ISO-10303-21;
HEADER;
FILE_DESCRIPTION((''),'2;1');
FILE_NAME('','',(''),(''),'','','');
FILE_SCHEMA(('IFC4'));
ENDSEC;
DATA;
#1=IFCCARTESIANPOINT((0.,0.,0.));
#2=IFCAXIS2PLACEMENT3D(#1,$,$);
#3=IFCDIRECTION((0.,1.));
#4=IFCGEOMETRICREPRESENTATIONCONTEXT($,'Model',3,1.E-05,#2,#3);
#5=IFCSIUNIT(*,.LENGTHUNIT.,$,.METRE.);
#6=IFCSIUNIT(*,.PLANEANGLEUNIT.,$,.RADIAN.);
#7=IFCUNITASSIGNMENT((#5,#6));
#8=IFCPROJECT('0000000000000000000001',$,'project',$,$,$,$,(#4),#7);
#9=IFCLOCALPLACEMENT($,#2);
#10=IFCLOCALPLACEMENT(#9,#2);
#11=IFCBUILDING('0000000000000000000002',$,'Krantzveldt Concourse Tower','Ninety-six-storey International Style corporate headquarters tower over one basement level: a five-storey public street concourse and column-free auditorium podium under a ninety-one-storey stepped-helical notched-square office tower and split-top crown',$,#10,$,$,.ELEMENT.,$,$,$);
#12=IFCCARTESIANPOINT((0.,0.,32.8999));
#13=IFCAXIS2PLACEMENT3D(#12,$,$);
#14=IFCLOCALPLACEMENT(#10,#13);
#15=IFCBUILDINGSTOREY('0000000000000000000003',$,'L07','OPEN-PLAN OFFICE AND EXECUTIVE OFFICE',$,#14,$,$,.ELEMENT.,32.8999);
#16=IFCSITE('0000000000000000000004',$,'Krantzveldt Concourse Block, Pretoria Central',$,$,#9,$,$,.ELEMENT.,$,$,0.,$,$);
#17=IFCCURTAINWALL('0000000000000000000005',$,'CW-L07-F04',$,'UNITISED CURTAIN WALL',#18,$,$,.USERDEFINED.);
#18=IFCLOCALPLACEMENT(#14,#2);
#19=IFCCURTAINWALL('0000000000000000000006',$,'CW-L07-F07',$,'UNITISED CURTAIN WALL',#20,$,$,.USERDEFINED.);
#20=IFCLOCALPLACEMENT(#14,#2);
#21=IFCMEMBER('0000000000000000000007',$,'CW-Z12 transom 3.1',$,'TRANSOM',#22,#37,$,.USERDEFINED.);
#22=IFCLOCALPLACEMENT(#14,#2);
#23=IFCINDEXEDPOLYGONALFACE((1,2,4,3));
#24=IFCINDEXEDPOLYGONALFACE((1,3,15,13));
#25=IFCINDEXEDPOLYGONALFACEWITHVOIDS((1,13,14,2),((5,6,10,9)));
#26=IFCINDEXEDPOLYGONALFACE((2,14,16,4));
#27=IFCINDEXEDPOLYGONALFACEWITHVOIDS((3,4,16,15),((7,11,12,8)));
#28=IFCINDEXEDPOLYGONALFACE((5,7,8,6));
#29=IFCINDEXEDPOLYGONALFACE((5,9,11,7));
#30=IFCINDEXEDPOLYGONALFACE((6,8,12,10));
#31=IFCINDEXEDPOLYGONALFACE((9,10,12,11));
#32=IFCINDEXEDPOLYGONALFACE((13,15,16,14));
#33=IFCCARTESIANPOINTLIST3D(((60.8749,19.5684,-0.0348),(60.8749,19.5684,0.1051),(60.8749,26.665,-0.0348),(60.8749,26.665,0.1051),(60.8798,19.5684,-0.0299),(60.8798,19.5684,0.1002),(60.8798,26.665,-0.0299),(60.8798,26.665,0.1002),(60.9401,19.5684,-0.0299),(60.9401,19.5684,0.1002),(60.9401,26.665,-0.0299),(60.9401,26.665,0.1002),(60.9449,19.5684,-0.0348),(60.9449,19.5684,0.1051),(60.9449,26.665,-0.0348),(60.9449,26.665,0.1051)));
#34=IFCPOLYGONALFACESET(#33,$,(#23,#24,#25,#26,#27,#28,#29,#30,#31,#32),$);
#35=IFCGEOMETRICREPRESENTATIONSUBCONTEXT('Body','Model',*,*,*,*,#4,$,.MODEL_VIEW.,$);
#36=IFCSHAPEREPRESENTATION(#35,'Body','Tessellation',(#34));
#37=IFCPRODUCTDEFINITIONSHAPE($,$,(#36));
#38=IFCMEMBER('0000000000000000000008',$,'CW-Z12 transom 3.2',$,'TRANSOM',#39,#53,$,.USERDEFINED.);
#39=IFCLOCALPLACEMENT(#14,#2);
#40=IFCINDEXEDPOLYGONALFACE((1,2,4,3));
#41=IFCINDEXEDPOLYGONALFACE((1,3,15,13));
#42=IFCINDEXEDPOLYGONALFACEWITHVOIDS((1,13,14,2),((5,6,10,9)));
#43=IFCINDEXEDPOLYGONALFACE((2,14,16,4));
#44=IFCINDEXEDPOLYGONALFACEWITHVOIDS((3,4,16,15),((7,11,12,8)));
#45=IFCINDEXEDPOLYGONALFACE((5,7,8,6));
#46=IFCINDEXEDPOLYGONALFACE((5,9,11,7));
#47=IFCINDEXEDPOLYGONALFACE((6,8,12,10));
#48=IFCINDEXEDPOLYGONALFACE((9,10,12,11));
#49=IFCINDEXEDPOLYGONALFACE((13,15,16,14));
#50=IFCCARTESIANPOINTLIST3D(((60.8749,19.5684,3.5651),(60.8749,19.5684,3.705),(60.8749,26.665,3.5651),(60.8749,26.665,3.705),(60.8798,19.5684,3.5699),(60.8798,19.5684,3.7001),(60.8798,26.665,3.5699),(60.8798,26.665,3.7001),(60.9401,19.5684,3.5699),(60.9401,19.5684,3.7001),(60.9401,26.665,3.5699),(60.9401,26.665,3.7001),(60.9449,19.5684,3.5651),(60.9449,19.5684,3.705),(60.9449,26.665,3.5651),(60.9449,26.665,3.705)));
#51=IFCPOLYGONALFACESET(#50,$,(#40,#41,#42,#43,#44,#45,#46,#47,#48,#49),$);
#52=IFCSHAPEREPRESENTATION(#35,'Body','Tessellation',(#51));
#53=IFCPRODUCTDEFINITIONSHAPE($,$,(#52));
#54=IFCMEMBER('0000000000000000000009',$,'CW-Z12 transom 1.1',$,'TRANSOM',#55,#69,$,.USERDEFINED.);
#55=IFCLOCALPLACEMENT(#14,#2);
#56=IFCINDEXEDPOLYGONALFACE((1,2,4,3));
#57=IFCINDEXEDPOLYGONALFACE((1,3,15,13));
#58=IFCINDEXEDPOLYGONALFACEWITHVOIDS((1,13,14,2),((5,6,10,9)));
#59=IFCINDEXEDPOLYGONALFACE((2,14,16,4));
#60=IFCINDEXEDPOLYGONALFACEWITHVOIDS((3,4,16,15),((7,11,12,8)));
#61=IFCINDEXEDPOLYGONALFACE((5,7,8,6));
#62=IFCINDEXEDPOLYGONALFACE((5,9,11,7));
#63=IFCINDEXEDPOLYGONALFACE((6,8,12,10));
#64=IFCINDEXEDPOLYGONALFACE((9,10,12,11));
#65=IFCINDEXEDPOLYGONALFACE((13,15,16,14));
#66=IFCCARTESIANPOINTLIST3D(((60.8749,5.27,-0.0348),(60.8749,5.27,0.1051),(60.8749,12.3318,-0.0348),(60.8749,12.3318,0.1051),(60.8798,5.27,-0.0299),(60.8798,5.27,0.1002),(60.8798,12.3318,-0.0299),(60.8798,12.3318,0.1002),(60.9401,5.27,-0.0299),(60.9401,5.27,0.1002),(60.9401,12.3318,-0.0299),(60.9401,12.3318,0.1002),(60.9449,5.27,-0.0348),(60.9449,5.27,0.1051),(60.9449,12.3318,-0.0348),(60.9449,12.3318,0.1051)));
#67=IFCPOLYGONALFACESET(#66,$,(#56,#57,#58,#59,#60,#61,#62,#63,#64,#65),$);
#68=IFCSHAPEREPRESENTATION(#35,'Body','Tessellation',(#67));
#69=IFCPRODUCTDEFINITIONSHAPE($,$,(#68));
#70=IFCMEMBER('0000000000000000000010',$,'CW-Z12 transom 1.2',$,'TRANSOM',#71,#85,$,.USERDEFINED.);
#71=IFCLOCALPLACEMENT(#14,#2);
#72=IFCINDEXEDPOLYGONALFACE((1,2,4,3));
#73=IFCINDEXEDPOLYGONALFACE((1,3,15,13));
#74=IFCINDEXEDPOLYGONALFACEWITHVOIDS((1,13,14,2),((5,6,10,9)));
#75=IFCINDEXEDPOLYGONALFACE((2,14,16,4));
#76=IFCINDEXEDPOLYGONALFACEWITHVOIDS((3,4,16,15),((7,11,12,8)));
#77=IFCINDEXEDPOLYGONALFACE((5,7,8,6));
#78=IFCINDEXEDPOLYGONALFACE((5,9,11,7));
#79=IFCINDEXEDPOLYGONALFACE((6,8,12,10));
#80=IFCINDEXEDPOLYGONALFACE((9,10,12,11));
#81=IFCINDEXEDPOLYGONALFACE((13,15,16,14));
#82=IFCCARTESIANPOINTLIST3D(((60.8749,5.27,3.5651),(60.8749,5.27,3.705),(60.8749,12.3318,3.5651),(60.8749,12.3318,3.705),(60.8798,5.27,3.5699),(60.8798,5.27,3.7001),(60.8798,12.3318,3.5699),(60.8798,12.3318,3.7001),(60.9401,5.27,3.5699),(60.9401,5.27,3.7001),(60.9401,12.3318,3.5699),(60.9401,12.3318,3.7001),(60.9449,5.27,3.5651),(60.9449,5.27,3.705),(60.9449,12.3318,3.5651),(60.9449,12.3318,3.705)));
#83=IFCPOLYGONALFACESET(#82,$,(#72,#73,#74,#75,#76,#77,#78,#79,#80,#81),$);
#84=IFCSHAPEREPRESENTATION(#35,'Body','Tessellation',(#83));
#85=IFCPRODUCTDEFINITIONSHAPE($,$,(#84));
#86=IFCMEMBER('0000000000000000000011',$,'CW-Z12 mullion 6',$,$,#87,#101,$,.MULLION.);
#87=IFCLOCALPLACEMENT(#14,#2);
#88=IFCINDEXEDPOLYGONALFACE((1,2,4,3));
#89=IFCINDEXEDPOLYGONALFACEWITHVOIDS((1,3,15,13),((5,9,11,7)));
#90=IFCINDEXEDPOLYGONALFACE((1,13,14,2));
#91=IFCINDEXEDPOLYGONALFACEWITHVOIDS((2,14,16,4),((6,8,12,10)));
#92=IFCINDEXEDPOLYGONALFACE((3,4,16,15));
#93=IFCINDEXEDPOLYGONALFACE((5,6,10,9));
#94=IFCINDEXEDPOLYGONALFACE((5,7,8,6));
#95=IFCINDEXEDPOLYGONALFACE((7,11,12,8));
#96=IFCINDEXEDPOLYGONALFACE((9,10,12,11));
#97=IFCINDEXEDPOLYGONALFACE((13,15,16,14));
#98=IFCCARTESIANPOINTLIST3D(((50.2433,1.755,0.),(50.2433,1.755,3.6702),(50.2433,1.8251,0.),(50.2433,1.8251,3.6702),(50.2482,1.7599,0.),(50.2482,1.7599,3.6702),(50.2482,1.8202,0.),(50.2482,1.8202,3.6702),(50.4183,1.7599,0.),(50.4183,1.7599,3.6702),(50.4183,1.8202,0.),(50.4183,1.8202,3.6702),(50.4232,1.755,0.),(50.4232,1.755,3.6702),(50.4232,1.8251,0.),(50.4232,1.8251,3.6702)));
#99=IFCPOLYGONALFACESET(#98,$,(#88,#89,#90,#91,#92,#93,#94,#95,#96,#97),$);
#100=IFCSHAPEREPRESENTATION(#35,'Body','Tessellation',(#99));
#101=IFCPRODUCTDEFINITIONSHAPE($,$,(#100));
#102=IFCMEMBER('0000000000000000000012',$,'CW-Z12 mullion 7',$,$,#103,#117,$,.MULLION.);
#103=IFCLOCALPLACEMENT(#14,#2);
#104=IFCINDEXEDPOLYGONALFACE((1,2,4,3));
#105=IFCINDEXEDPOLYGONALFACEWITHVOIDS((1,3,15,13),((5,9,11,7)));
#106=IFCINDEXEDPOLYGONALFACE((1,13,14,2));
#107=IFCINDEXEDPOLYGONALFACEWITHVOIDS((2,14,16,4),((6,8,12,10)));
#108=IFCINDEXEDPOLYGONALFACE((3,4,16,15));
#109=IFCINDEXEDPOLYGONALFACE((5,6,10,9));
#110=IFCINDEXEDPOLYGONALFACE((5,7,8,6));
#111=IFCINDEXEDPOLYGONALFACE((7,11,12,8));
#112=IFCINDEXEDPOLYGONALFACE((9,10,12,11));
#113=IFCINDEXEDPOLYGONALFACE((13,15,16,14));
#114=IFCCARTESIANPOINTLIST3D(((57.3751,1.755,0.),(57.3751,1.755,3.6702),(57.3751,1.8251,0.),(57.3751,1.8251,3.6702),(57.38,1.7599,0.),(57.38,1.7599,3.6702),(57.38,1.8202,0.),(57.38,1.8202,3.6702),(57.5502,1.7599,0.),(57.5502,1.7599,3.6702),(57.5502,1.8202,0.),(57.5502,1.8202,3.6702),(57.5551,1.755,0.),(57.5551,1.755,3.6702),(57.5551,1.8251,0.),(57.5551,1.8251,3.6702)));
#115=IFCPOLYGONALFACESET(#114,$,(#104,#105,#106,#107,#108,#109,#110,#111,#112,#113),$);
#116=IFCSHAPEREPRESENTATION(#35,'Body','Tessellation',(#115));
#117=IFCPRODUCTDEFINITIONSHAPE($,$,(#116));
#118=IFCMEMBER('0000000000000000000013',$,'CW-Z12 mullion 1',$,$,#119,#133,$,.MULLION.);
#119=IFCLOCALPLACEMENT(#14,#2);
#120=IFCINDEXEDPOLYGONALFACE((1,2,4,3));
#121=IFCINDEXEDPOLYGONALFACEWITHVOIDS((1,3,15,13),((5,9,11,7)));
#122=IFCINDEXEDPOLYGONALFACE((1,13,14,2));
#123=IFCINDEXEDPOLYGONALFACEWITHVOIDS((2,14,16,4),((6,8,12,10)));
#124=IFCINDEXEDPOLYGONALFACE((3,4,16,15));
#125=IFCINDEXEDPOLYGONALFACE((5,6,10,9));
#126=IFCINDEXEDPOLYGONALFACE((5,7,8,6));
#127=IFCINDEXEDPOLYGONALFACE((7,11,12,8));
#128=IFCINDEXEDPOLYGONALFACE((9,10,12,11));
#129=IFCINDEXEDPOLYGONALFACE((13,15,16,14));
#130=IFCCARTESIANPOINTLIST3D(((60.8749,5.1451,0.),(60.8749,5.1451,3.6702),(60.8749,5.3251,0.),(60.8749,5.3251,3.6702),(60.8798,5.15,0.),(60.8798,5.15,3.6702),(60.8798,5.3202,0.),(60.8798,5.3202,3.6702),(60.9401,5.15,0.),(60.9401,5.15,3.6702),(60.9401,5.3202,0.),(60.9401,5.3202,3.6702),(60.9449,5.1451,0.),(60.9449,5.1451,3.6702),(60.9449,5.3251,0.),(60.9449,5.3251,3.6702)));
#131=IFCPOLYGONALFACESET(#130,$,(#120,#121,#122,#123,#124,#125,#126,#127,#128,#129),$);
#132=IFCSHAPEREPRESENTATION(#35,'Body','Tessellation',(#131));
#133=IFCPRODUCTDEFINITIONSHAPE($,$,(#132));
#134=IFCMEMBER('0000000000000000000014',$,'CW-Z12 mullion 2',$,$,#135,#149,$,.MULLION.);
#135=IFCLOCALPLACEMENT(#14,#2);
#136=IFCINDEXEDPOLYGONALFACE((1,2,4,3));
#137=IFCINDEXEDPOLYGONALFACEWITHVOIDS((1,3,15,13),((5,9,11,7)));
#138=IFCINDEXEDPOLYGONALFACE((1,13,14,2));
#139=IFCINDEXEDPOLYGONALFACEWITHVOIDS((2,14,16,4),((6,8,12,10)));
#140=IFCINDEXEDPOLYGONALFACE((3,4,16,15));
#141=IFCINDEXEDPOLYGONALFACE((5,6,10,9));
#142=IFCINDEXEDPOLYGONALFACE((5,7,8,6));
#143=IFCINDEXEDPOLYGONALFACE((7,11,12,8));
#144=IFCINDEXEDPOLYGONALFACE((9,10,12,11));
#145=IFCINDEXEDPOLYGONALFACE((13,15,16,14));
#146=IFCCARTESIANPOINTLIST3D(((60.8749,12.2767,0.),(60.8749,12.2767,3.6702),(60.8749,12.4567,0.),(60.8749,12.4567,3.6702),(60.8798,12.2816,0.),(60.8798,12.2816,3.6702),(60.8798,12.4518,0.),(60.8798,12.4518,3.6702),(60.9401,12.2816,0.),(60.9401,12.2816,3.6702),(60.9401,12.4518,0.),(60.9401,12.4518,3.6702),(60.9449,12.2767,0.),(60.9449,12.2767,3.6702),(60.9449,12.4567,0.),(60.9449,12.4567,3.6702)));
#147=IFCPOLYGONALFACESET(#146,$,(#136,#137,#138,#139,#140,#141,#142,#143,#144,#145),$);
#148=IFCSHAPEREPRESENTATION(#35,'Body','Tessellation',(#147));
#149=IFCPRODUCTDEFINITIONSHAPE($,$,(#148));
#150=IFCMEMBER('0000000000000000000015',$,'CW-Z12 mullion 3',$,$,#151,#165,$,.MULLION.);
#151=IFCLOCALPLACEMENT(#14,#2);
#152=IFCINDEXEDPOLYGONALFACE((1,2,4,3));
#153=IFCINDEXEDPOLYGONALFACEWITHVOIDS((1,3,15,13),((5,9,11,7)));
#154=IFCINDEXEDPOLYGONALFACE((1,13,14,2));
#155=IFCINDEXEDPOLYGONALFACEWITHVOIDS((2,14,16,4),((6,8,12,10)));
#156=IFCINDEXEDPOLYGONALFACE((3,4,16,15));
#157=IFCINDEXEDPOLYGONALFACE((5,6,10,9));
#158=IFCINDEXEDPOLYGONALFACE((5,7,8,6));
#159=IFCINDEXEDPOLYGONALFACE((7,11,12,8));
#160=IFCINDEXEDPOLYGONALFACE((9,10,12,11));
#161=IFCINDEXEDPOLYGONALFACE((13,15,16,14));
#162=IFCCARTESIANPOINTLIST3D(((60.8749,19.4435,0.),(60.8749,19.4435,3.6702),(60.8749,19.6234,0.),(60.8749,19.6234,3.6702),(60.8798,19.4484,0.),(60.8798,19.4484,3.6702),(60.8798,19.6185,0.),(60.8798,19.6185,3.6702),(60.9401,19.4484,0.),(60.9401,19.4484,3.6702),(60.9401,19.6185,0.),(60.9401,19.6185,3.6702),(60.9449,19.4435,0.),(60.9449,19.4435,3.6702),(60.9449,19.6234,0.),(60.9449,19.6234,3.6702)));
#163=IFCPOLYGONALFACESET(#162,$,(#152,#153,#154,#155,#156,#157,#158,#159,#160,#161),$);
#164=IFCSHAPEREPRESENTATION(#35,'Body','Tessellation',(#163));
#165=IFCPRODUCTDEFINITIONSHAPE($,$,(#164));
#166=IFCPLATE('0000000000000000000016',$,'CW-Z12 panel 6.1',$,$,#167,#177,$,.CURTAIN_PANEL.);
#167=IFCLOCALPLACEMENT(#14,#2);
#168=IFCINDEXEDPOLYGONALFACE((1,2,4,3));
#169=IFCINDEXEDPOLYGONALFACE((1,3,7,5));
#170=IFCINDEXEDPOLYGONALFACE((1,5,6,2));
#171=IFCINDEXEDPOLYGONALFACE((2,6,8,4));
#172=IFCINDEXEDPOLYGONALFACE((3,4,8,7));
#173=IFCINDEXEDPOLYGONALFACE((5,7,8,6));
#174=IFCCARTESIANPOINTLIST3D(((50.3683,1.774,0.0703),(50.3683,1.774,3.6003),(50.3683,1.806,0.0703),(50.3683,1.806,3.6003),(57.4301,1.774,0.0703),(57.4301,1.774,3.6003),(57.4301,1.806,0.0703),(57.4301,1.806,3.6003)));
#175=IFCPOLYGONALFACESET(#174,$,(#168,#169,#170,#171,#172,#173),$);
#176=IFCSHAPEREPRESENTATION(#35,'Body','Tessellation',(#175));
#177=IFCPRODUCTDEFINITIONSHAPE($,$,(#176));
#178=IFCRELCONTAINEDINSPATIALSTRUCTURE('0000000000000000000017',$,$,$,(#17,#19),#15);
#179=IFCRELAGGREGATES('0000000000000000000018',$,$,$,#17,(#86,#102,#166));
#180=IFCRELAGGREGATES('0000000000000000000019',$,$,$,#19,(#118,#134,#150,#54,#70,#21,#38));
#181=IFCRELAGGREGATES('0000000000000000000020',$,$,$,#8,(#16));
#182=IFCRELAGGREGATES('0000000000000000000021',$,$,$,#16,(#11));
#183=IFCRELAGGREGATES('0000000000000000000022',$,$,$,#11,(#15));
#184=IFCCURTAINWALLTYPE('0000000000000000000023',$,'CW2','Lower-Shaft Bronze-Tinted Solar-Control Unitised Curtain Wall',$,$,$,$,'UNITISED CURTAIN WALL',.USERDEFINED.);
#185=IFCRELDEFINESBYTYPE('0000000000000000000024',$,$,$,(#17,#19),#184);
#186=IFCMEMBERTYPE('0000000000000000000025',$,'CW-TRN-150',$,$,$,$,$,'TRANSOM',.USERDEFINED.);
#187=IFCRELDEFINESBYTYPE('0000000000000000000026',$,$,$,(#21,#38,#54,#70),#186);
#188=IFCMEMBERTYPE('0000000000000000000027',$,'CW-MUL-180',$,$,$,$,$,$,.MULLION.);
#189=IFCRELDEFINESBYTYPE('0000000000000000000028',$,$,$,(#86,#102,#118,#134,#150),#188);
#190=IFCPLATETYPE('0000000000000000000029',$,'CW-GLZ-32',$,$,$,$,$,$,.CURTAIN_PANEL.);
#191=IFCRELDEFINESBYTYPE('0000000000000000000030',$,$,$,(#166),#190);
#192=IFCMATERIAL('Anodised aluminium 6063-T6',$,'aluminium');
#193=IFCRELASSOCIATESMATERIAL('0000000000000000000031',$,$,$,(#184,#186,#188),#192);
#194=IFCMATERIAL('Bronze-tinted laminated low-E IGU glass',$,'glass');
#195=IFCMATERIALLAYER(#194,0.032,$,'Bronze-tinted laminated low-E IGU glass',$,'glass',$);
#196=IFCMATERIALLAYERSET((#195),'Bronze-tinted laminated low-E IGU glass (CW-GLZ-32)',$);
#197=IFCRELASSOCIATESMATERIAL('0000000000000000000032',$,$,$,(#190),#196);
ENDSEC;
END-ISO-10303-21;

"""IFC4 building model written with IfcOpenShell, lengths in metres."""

from ifc_helpers import new_model, si_unit, direction, frame, origin, origin_2d, place, context, subcontext, project, spatial, rectangle, hollow_rectangle, extrude, source, transform, mapped, material, layer, layer_set, material_profile, profile_set, type_object, type_shapes, element, aggregate, save


model = new_model("IFC4")

# Units and contexts
model_context = context("Model", 3, precision=1e-05, world=origin(), true_north=direction((0.0, 1.0)))
body_context = subcontext(model_context, "Body", "Model", "MODEL_VIEW")
ifc_project = project(units=[si_unit("LENGTHUNIT", "METRE"), si_unit("PLANEANGLEUNIT", "RADIAN")], contexts=[model_context])

# Site, building, storey
site_placement = place(None, origin())
site = spatial("IfcSite", under=ifc_project, at=site_placement, Name="Krantzveldt Concourse Block, Pretoria Central", CompositionType="ELEMENT", RefElevation=0.0)
building_placement = place(site_placement, origin())
building = spatial("IfcBuilding", under=site, at=building_placement, Name="Krantzveldt Concourse Tower", Description="Ninety-six-storey International Style corporate headquarters tower over one basement level: a five-storey public street concourse and column-free auditorium podium under a ninety-one-storey stepped-helical notched-square office tower and split-top crown", CompositionType="ELEMENT")
storey_placement = place(building_placement, frame((0.0, 0.0, 32.8999)))
storey = spatial("IfcBuildingStorey", under=building, at=storey_placement, Name="L07", Description="OPEN-PLAN OFFICE AND EXECUTIVE OFFICE", CompositionType="ELEMENT", Elevation=32.8999)

# Curtain walls, members
ifc_material_1 = material(Name="Anodised aluminium 6063-T6", Category="aluminium")
curtain_wall_type = type_object("IfcCurtainWallType", Name="CW2", Description="Lower-Shaft Bronze-Tinted Solar-Control Unitised Curtain Wall", ElementType="UNITISED CURTAIN WALL", PredefinedType="USERDEFINED", material=ifc_material_1)
curtain_wall_1_placement = place(storey_placement, origin())
curtain_wall_1 = element("IfcCurtainWall", 1, at=curtain_wall_1_placement, inside=storey, type_object=curtain_wall_type, Name="CW-L07-F04", ObjectType="UNITISED CURTAIN WALL", PredefinedType="USERDEFINED")
ifc_material_profile_1 = material_profile(ifc_material_1, hollow_rectangle(XDim=0.0701, YDim=0.1399, WallThickness=0.0049, at=origin_2d()), Name="Anodised aluminium 6063-T6", Category="aluminium")
ifc_profile_set_1 = profile_set([ifc_material_profile_1], Name="Anodised aluminium 6063-T6 - ALU-TRAN 140x70x5")
member_type_1 = type_object("IfcMemberType", Name="CW-TRN-150", ElementType="TRANSOM", PredefinedType="USERDEFINED", material=ifc_profile_set_1)
curtain_wall_2_placement = place(storey_placement, origin())
curtain_wall_2 = element("IfcCurtainWall", 2, at=curtain_wall_2_placement, inside=storey, type_object=curtain_wall_type, Name="CW-L07-F07", ObjectType="UNITISED CURTAIN WALL", PredefinedType="USERDEFINED")
shared_shape_1 = source(origin(), body_context, "Body", "SweptSolid", [
    extrude(hollow_rectangle(XDim=0.0701, YDim=0.1399, WallThickness=0.0049, at=origin_2d()), origin(), (0.0, 0.0, 1.0), 7.0967),
])
member_1_placement = place(storey_placement, frame((60.9099, 19.5684, 0.0352), z_axis=(0.0, 1.0, 0.0), x_axis=(-1.0, 0.0, 0.0)))
member_1 = element("IfcMember", 3, at=member_1_placement, type_object=member_type_1, Name="CW-Z12 transom 3.1", ObjectType="TRANSOM", PredefinedType="USERDEFINED", context=body_context, shape_type="MappedRepresentation", body=[
    mapped(shared_shape_1, transform((0.0, 0.0, 0.0), x_axis=(1.0, 0.0, 0.0), y_axis=(0.0, 1.0, 0.0), z_axis=(0.0, 0.0, 1.0), scale=1.0)),
])
member_2_placement = place(storey_placement, frame((60.9099, 19.5684, 3.635), z_axis=(0.0, 1.0, 0.0), x_axis=(-1.0, 0.0, 0.0)))
member_2 = element("IfcMember", 4, at=member_2_placement, type_object=member_type_1, Name="CW-Z12 transom 3.2", ObjectType="TRANSOM", PredefinedType="USERDEFINED", context=body_context, shape_type="MappedRepresentation", body=[
    mapped(shared_shape_1, transform((0.0, 0.0, 0.0), x_axis=(1.0, 0.0, 0.0), y_axis=(0.0, 1.0, 0.0), z_axis=(0.0, 0.0, 1.0), scale=1.0)),
])
shared_shape_2 = source(origin(), body_context, "Body", "SweptSolid", [
    extrude(hollow_rectangle(XDim=0.0701, YDim=0.1399, WallThickness=0.0049, at=origin_2d()), origin(), (0.0, 0.0, 1.0), 7.0618),
])
member_3_placement = place(storey_placement, frame((60.9099, 5.27, 0.0352), z_axis=(0.0, 1.0, 0.0), x_axis=(-1.0, 0.0, 0.0)))
member_3 = element("IfcMember", 5, at=member_3_placement, type_object=member_type_1, Name="CW-Z12 transom 1.1", ObjectType="TRANSOM", PredefinedType="USERDEFINED", context=body_context, shape_type="MappedRepresentation", body=[
    mapped(shared_shape_2, transform((0.0, 0.0, 0.0), x_axis=(1.0, 0.0, 0.0), y_axis=(0.0, 1.0, 0.0), z_axis=(0.0, 0.0, 1.0), scale=1.0)),
])
member_4_placement = place(storey_placement, frame((60.9099, 5.27, 3.635), z_axis=(0.0, 1.0, 0.0), x_axis=(-1.0, 0.0, 0.0)))
member_4 = element("IfcMember", 6, at=member_4_placement, type_object=member_type_1, Name="CW-Z12 transom 1.2", ObjectType="TRANSOM", PredefinedType="USERDEFINED", context=body_context, shape_type="MappedRepresentation", body=[
    mapped(shared_shape_2, transform((0.0, 0.0, 0.0), x_axis=(1.0, 0.0, 0.0), y_axis=(0.0, 1.0, 0.0), z_axis=(0.0, 0.0, 1.0), scale=1.0)),
])

# Members
ifc_material_profile_2 = material_profile(ifc_material_1, hollow_rectangle(XDim=0.0701, YDim=0.1799, WallThickness=0.0049, at=origin_2d()), Name="Anodised aluminium 6063-T6", Category="aluminium")
ifc_profile_set_2 = profile_set([ifc_material_profile_2], Name="Anodised aluminium 6063-T6 - ALU-MULL 180x70x5")
member_type_2 = type_object("IfcMemberType", Name="CW-MUL-180", PredefinedType="MULLION", material=ifc_profile_set_2)
shared_shape_3 = source(origin(), body_context, "Body", "SweptSolid", [
    extrude(hollow_rectangle(XDim=0.0701, YDim=0.1799, WallThickness=0.0049, at=origin_2d()), origin(), (0.0, 0.0, 1.0), 3.6702),
])
type_shapes(member_type_2, [shared_shape_3])
member_5_placement = place(storey_placement, frame((50.3333, 1.79, 0.0), z_axis=(0.0, 0.0, 1.0), x_axis=(0.0, 1.0, 0.0)))
member_5 = element("IfcMember", 7, at=member_5_placement, type_object=member_type_2, Name="CW-Z12 mullion 6", PredefinedType="MULLION", context=body_context, shape_type="MappedRepresentation", body=[
    mapped(shared_shape_3, transform((0.0, 0.0, 0.0), x_axis=(1.0, 0.0, 0.0), y_axis=(0.0, 1.0, 0.0), z_axis=(0.0, 0.0, 1.0), scale=1.0)),
])
member_6_placement = place(storey_placement, frame((57.4651, 1.79, 0.0), z_axis=(0.0, 0.0, 1.0), x_axis=(0.0, 1.0, 0.0)))
member_6 = element("IfcMember", 8, at=member_6_placement, type_object=member_type_2, Name="CW-Z12 mullion 7", PredefinedType="MULLION", context=body_context, shape_type="MappedRepresentation", body=[
    mapped(shared_shape_3, transform((0.0, 0.0, 0.0), x_axis=(1.0, 0.0, 0.0), y_axis=(0.0, 1.0, 0.0), z_axis=(0.0, 0.0, 1.0), scale=1.0)),
])
member_7_placement = place(storey_placement, frame((60.9099, 5.2351, 0.0), z_axis=(0.0, 0.0, 1.0), x_axis=(-1.0, 0.0, 0.0)))
member_7 = element("IfcMember", 9, at=member_7_placement, type_object=member_type_2, Name="CW-Z12 mullion 1", PredefinedType="MULLION", context=body_context, shape_type="MappedRepresentation", body=[
    mapped(shared_shape_3, transform((0.0, 0.0, 0.0), x_axis=(1.0, 0.0, 0.0), y_axis=(0.0, 1.0, 0.0), z_axis=(0.0, 0.0, 1.0), scale=1.0)),
])
member_8_placement = place(storey_placement, frame((60.9099, 12.3667, 0.0), z_axis=(0.0, 0.0, 1.0), x_axis=(-1.0, 0.0, 0.0)))
member_8 = element("IfcMember", 10, at=member_8_placement, type_object=member_type_2, Name="CW-Z12 mullion 2", PredefinedType="MULLION", context=body_context, shape_type="MappedRepresentation", body=[
    mapped(shared_shape_3, transform((0.0, 0.0, 0.0), x_axis=(1.0, 0.0, 0.0), y_axis=(0.0, 1.0, 0.0), z_axis=(0.0, 0.0, 1.0), scale=1.0)),
])
member_9_placement = place(storey_placement, frame((60.9099, 19.5334, 0.0), z_axis=(0.0, 0.0, 1.0), x_axis=(-1.0, 0.0, 0.0)))
member_9 = element("IfcMember", 11, at=member_9_placement, type_object=member_type_2, Name="CW-Z12 mullion 3", PredefinedType="MULLION", context=body_context, shape_type="MappedRepresentation", body=[
    mapped(shared_shape_3, transform((0.0, 0.0, 0.0), x_axis=(1.0, 0.0, 0.0), y_axis=(0.0, 1.0, 0.0), z_axis=(0.0, 0.0, 1.0), scale=1.0)),
])

# Plate
ifc_material_2 = material(Name="Bronze-tinted laminated low-E IGU glass", Category="glass")
ifc_layer_1 = layer(ifc_material_2, 0.032, Name="Bronze-tinted laminated low-E IGU glass", Category="glass")
ifc_layer_set_1 = layer_set([ifc_layer_1], Name="Bronze-tinted laminated low-E IGU glass (CW-GLZ-32)")
plate_type = type_object("IfcPlateType", Name="CW-GLZ-32", PredefinedType="CURTAIN_PANEL", material=ifc_layer_set_1)
shared_shape_4 = source(origin(), body_context, "Body", "SweptSolid", [
    extrude(rectangle(XDim=7.0618, YDim=0.032, at=origin_2d()), origin(), (0.0, 0.0, 1.0), 3.53),
])
plate_1_placement = place(storey_placement, frame((53.8992, 1.79, 0.0703), z_axis=(0.0, 0.0, 1.0), x_axis=(1.0, 0.0, 0.0)))
plate_1 = element("IfcPlate", 12, at=plate_1_placement, type_object=plate_type, Name="CW-Z12 panel 6.1", PredefinedType="CURTAIN_PANEL", context=body_context, shape_type="MappedRepresentation", body=[
    mapped(shared_shape_4, transform((0.0, 0.0, 0.0), x_axis=(1.0, 0.0, 0.0), y_axis=(0.0, 1.0, 0.0), z_axis=(0.0, 0.0, 1.0), scale=1.0)),
])
aggregate(curtain_wall_1, [member_5, member_6, plate_1])
aggregate(curtain_wall_2, [member_7, member_8, member_9, member_3, member_4, member_1, member_2])

save(model, "model.ifc")
